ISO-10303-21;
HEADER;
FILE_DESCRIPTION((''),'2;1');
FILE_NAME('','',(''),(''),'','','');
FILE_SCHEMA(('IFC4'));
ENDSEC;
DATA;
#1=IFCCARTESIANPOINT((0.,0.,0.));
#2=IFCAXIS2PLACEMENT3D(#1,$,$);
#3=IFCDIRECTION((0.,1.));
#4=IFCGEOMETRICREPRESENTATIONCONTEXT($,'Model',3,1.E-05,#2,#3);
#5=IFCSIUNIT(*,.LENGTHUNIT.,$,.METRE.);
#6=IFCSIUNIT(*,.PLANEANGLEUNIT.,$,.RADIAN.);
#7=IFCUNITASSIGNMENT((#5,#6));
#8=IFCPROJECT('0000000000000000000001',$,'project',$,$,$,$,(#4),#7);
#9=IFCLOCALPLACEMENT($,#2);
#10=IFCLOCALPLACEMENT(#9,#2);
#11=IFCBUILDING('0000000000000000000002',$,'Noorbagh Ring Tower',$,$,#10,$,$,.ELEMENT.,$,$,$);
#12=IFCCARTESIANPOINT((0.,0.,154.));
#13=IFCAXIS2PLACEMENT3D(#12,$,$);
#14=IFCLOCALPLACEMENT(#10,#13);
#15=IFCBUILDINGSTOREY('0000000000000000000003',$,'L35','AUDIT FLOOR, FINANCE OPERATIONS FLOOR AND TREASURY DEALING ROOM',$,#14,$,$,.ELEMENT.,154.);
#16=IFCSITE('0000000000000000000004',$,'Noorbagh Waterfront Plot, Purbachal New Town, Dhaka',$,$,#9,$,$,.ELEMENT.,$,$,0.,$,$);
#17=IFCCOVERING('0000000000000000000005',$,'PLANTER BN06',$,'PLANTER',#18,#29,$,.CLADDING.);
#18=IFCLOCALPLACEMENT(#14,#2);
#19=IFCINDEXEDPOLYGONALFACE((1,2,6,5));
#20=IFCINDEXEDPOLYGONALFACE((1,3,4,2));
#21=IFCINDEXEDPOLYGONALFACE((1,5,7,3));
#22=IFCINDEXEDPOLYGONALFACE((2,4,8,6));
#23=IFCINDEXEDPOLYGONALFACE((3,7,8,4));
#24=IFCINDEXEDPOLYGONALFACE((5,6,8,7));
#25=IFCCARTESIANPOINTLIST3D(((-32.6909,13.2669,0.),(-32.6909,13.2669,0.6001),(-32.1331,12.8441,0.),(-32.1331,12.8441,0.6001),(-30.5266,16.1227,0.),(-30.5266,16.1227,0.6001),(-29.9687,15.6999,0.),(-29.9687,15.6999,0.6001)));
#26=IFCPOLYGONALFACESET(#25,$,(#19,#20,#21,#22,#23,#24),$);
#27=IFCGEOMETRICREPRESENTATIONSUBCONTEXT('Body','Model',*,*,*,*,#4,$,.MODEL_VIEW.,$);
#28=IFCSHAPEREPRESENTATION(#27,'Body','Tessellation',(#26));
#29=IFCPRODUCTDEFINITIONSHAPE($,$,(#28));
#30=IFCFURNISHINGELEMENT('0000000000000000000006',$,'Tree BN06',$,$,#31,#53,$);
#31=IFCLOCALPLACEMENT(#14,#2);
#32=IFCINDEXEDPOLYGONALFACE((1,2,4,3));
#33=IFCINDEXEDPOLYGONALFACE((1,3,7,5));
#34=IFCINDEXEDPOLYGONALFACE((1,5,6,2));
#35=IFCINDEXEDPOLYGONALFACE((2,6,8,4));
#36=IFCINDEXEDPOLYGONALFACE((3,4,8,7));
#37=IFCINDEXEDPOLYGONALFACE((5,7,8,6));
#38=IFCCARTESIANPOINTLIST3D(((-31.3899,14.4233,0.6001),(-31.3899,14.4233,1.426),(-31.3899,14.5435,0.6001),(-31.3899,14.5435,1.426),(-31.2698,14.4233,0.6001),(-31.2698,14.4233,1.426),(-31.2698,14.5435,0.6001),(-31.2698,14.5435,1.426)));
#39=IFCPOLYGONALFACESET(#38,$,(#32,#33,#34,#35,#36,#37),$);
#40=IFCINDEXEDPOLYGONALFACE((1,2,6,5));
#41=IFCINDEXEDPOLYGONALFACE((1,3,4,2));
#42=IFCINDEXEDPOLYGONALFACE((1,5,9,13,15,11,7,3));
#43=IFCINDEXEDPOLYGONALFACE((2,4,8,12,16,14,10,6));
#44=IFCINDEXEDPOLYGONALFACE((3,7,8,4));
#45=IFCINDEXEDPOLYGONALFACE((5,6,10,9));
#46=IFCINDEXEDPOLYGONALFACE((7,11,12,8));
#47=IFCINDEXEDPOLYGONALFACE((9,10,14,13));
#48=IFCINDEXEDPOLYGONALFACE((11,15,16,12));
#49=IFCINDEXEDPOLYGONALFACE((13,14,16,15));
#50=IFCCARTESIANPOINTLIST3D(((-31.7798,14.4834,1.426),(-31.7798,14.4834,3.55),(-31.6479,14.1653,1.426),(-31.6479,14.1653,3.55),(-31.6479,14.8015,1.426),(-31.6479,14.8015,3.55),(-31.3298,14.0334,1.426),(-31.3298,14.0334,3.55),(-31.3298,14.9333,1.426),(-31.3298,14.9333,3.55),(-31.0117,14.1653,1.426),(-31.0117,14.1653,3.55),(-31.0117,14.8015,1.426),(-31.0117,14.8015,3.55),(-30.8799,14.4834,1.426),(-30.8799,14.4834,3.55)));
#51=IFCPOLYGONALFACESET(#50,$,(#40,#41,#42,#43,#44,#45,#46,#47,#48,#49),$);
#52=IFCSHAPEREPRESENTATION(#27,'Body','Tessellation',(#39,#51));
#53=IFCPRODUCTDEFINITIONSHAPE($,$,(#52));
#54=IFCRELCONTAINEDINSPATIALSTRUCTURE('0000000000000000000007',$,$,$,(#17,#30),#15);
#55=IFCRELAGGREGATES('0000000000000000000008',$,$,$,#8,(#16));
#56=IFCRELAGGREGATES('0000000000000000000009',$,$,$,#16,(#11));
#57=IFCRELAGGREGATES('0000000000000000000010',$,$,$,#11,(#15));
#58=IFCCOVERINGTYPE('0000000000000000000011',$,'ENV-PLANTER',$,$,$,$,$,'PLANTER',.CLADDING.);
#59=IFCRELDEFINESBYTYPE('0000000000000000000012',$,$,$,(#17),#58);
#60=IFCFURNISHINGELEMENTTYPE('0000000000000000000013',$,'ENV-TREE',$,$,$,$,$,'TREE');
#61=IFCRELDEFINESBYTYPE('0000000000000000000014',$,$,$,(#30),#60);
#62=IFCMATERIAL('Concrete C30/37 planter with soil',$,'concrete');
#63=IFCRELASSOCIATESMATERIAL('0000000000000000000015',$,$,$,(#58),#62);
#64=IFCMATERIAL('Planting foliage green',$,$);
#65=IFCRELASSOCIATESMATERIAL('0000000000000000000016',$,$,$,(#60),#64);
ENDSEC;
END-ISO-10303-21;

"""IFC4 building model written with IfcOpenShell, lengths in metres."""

from ifc_helpers import new_model, si_unit, direction, frame, origin, origin_2d, place, context, subcontext, project, spatial, polyline, rectangle, outline, extrude, material, type_object, element, save


model = new_model("IFC4")

# Units and contexts
model_context = context("Model", 3, precision=1e-05, world=origin(), true_north=direction((0.0, 1.0)))
body_context = subcontext(model_context, "Body", "Model", "MODEL_VIEW")
ifc_project = project(units=[si_unit("LENGTHUNIT", "METRE"), si_unit("PLANEANGLEUNIT", "RADIAN")], contexts=[model_context])

# Site, building, storey
site_placement = place(None, origin())
site = spatial("IfcSite", under=ifc_project, at=site_placement, Name="Noorbagh Waterfront Plot, Purbachal New Town, Dhaka", CompositionType="ELEMENT", RefElevation=0.0)
building_placement = place(site_placement, origin())
building = spatial("IfcBuilding", under=site, at=building_placement, Name="Noorbagh Ring Tower", CompositionType="ELEMENT")
storey_placement = place(building_placement, frame((0.0, 0.0, 154.0)))
storey = spatial("IfcBuildingStorey", under=building, at=storey_placement, Name="L35", Description="AUDIT FLOOR, FINANCE OPERATIONS FLOOR AND TREASURY DEALING ROOM", CompositionType="ELEMENT", Elevation=154.0)

# Covering
ifc_material_1 = material(Name="Concrete C30/37 planter with soil", Category="concrete")
covering_type = type_object("IfcCoveringType", Name="ENV-PLANTER", ElementType="PLANTER", PredefinedType="CLADDING", material=ifc_material_1)
covering_placement = place(storey_placement, frame((-31.3298, 14.4834, 0.0), z_axis=(0.0, 0.0, 1.0), x_axis=(-0.60402, -0.796969, 0.0)))
element("IfcCovering", 1, at=covering_placement, inside=storey, type_object=covering_type, Name="PLANTER BN06", ObjectType="PLANTER", PredefinedType="CLADDING", context=body_context, shape_type="SweptSolid", body=[
    extrude(rectangle(XDim=3.5833, YDim=0.7, at=origin_2d()), origin(), (0.0, 0.0, 1.0), 0.6001),
])

# Furnishing element
ifc_material_2 = material(Name="Planting foliage green")
furnishing_element_type = type_object("IfcFurnishingElementType", Name="ENV-TREE", ElementType="TREE", material=ifc_material_2)
furnishing_placement = place(storey_placement, frame((-31.3298, 14.4834, 0.6001), z_axis=(0.0, 0.0, 1.0), x_axis=(1.0, 0.0, 0.0)))
element("IfcFurnishingElement", 2, at=furnishing_placement, inside=storey, type_object=furnishing_element_type, Name="Tree BN06", context=body_context, shape_type="SweptSolid", body=[
    extrude(rectangle(XDim=0.1201, YDim=0.1201, at=origin_2d()), origin(), (0.0, 0.0, 1.0), 0.8259),
    extrude(outline(polyline([(0.45, 0.0), (0.3181, 0.3181), (0.0, 0.45), (-0.3181, 0.3181), (-0.45, 0.0), (-0.3181, -0.3181), (0.0, -0.45), (0.3181, -0.3181), (0.45, 0.0)])), frame((0.0, 0.0, 0.8259)), (0.0, 0.0, 1.0), 2.124),
])

save(model, "model.ifc")
